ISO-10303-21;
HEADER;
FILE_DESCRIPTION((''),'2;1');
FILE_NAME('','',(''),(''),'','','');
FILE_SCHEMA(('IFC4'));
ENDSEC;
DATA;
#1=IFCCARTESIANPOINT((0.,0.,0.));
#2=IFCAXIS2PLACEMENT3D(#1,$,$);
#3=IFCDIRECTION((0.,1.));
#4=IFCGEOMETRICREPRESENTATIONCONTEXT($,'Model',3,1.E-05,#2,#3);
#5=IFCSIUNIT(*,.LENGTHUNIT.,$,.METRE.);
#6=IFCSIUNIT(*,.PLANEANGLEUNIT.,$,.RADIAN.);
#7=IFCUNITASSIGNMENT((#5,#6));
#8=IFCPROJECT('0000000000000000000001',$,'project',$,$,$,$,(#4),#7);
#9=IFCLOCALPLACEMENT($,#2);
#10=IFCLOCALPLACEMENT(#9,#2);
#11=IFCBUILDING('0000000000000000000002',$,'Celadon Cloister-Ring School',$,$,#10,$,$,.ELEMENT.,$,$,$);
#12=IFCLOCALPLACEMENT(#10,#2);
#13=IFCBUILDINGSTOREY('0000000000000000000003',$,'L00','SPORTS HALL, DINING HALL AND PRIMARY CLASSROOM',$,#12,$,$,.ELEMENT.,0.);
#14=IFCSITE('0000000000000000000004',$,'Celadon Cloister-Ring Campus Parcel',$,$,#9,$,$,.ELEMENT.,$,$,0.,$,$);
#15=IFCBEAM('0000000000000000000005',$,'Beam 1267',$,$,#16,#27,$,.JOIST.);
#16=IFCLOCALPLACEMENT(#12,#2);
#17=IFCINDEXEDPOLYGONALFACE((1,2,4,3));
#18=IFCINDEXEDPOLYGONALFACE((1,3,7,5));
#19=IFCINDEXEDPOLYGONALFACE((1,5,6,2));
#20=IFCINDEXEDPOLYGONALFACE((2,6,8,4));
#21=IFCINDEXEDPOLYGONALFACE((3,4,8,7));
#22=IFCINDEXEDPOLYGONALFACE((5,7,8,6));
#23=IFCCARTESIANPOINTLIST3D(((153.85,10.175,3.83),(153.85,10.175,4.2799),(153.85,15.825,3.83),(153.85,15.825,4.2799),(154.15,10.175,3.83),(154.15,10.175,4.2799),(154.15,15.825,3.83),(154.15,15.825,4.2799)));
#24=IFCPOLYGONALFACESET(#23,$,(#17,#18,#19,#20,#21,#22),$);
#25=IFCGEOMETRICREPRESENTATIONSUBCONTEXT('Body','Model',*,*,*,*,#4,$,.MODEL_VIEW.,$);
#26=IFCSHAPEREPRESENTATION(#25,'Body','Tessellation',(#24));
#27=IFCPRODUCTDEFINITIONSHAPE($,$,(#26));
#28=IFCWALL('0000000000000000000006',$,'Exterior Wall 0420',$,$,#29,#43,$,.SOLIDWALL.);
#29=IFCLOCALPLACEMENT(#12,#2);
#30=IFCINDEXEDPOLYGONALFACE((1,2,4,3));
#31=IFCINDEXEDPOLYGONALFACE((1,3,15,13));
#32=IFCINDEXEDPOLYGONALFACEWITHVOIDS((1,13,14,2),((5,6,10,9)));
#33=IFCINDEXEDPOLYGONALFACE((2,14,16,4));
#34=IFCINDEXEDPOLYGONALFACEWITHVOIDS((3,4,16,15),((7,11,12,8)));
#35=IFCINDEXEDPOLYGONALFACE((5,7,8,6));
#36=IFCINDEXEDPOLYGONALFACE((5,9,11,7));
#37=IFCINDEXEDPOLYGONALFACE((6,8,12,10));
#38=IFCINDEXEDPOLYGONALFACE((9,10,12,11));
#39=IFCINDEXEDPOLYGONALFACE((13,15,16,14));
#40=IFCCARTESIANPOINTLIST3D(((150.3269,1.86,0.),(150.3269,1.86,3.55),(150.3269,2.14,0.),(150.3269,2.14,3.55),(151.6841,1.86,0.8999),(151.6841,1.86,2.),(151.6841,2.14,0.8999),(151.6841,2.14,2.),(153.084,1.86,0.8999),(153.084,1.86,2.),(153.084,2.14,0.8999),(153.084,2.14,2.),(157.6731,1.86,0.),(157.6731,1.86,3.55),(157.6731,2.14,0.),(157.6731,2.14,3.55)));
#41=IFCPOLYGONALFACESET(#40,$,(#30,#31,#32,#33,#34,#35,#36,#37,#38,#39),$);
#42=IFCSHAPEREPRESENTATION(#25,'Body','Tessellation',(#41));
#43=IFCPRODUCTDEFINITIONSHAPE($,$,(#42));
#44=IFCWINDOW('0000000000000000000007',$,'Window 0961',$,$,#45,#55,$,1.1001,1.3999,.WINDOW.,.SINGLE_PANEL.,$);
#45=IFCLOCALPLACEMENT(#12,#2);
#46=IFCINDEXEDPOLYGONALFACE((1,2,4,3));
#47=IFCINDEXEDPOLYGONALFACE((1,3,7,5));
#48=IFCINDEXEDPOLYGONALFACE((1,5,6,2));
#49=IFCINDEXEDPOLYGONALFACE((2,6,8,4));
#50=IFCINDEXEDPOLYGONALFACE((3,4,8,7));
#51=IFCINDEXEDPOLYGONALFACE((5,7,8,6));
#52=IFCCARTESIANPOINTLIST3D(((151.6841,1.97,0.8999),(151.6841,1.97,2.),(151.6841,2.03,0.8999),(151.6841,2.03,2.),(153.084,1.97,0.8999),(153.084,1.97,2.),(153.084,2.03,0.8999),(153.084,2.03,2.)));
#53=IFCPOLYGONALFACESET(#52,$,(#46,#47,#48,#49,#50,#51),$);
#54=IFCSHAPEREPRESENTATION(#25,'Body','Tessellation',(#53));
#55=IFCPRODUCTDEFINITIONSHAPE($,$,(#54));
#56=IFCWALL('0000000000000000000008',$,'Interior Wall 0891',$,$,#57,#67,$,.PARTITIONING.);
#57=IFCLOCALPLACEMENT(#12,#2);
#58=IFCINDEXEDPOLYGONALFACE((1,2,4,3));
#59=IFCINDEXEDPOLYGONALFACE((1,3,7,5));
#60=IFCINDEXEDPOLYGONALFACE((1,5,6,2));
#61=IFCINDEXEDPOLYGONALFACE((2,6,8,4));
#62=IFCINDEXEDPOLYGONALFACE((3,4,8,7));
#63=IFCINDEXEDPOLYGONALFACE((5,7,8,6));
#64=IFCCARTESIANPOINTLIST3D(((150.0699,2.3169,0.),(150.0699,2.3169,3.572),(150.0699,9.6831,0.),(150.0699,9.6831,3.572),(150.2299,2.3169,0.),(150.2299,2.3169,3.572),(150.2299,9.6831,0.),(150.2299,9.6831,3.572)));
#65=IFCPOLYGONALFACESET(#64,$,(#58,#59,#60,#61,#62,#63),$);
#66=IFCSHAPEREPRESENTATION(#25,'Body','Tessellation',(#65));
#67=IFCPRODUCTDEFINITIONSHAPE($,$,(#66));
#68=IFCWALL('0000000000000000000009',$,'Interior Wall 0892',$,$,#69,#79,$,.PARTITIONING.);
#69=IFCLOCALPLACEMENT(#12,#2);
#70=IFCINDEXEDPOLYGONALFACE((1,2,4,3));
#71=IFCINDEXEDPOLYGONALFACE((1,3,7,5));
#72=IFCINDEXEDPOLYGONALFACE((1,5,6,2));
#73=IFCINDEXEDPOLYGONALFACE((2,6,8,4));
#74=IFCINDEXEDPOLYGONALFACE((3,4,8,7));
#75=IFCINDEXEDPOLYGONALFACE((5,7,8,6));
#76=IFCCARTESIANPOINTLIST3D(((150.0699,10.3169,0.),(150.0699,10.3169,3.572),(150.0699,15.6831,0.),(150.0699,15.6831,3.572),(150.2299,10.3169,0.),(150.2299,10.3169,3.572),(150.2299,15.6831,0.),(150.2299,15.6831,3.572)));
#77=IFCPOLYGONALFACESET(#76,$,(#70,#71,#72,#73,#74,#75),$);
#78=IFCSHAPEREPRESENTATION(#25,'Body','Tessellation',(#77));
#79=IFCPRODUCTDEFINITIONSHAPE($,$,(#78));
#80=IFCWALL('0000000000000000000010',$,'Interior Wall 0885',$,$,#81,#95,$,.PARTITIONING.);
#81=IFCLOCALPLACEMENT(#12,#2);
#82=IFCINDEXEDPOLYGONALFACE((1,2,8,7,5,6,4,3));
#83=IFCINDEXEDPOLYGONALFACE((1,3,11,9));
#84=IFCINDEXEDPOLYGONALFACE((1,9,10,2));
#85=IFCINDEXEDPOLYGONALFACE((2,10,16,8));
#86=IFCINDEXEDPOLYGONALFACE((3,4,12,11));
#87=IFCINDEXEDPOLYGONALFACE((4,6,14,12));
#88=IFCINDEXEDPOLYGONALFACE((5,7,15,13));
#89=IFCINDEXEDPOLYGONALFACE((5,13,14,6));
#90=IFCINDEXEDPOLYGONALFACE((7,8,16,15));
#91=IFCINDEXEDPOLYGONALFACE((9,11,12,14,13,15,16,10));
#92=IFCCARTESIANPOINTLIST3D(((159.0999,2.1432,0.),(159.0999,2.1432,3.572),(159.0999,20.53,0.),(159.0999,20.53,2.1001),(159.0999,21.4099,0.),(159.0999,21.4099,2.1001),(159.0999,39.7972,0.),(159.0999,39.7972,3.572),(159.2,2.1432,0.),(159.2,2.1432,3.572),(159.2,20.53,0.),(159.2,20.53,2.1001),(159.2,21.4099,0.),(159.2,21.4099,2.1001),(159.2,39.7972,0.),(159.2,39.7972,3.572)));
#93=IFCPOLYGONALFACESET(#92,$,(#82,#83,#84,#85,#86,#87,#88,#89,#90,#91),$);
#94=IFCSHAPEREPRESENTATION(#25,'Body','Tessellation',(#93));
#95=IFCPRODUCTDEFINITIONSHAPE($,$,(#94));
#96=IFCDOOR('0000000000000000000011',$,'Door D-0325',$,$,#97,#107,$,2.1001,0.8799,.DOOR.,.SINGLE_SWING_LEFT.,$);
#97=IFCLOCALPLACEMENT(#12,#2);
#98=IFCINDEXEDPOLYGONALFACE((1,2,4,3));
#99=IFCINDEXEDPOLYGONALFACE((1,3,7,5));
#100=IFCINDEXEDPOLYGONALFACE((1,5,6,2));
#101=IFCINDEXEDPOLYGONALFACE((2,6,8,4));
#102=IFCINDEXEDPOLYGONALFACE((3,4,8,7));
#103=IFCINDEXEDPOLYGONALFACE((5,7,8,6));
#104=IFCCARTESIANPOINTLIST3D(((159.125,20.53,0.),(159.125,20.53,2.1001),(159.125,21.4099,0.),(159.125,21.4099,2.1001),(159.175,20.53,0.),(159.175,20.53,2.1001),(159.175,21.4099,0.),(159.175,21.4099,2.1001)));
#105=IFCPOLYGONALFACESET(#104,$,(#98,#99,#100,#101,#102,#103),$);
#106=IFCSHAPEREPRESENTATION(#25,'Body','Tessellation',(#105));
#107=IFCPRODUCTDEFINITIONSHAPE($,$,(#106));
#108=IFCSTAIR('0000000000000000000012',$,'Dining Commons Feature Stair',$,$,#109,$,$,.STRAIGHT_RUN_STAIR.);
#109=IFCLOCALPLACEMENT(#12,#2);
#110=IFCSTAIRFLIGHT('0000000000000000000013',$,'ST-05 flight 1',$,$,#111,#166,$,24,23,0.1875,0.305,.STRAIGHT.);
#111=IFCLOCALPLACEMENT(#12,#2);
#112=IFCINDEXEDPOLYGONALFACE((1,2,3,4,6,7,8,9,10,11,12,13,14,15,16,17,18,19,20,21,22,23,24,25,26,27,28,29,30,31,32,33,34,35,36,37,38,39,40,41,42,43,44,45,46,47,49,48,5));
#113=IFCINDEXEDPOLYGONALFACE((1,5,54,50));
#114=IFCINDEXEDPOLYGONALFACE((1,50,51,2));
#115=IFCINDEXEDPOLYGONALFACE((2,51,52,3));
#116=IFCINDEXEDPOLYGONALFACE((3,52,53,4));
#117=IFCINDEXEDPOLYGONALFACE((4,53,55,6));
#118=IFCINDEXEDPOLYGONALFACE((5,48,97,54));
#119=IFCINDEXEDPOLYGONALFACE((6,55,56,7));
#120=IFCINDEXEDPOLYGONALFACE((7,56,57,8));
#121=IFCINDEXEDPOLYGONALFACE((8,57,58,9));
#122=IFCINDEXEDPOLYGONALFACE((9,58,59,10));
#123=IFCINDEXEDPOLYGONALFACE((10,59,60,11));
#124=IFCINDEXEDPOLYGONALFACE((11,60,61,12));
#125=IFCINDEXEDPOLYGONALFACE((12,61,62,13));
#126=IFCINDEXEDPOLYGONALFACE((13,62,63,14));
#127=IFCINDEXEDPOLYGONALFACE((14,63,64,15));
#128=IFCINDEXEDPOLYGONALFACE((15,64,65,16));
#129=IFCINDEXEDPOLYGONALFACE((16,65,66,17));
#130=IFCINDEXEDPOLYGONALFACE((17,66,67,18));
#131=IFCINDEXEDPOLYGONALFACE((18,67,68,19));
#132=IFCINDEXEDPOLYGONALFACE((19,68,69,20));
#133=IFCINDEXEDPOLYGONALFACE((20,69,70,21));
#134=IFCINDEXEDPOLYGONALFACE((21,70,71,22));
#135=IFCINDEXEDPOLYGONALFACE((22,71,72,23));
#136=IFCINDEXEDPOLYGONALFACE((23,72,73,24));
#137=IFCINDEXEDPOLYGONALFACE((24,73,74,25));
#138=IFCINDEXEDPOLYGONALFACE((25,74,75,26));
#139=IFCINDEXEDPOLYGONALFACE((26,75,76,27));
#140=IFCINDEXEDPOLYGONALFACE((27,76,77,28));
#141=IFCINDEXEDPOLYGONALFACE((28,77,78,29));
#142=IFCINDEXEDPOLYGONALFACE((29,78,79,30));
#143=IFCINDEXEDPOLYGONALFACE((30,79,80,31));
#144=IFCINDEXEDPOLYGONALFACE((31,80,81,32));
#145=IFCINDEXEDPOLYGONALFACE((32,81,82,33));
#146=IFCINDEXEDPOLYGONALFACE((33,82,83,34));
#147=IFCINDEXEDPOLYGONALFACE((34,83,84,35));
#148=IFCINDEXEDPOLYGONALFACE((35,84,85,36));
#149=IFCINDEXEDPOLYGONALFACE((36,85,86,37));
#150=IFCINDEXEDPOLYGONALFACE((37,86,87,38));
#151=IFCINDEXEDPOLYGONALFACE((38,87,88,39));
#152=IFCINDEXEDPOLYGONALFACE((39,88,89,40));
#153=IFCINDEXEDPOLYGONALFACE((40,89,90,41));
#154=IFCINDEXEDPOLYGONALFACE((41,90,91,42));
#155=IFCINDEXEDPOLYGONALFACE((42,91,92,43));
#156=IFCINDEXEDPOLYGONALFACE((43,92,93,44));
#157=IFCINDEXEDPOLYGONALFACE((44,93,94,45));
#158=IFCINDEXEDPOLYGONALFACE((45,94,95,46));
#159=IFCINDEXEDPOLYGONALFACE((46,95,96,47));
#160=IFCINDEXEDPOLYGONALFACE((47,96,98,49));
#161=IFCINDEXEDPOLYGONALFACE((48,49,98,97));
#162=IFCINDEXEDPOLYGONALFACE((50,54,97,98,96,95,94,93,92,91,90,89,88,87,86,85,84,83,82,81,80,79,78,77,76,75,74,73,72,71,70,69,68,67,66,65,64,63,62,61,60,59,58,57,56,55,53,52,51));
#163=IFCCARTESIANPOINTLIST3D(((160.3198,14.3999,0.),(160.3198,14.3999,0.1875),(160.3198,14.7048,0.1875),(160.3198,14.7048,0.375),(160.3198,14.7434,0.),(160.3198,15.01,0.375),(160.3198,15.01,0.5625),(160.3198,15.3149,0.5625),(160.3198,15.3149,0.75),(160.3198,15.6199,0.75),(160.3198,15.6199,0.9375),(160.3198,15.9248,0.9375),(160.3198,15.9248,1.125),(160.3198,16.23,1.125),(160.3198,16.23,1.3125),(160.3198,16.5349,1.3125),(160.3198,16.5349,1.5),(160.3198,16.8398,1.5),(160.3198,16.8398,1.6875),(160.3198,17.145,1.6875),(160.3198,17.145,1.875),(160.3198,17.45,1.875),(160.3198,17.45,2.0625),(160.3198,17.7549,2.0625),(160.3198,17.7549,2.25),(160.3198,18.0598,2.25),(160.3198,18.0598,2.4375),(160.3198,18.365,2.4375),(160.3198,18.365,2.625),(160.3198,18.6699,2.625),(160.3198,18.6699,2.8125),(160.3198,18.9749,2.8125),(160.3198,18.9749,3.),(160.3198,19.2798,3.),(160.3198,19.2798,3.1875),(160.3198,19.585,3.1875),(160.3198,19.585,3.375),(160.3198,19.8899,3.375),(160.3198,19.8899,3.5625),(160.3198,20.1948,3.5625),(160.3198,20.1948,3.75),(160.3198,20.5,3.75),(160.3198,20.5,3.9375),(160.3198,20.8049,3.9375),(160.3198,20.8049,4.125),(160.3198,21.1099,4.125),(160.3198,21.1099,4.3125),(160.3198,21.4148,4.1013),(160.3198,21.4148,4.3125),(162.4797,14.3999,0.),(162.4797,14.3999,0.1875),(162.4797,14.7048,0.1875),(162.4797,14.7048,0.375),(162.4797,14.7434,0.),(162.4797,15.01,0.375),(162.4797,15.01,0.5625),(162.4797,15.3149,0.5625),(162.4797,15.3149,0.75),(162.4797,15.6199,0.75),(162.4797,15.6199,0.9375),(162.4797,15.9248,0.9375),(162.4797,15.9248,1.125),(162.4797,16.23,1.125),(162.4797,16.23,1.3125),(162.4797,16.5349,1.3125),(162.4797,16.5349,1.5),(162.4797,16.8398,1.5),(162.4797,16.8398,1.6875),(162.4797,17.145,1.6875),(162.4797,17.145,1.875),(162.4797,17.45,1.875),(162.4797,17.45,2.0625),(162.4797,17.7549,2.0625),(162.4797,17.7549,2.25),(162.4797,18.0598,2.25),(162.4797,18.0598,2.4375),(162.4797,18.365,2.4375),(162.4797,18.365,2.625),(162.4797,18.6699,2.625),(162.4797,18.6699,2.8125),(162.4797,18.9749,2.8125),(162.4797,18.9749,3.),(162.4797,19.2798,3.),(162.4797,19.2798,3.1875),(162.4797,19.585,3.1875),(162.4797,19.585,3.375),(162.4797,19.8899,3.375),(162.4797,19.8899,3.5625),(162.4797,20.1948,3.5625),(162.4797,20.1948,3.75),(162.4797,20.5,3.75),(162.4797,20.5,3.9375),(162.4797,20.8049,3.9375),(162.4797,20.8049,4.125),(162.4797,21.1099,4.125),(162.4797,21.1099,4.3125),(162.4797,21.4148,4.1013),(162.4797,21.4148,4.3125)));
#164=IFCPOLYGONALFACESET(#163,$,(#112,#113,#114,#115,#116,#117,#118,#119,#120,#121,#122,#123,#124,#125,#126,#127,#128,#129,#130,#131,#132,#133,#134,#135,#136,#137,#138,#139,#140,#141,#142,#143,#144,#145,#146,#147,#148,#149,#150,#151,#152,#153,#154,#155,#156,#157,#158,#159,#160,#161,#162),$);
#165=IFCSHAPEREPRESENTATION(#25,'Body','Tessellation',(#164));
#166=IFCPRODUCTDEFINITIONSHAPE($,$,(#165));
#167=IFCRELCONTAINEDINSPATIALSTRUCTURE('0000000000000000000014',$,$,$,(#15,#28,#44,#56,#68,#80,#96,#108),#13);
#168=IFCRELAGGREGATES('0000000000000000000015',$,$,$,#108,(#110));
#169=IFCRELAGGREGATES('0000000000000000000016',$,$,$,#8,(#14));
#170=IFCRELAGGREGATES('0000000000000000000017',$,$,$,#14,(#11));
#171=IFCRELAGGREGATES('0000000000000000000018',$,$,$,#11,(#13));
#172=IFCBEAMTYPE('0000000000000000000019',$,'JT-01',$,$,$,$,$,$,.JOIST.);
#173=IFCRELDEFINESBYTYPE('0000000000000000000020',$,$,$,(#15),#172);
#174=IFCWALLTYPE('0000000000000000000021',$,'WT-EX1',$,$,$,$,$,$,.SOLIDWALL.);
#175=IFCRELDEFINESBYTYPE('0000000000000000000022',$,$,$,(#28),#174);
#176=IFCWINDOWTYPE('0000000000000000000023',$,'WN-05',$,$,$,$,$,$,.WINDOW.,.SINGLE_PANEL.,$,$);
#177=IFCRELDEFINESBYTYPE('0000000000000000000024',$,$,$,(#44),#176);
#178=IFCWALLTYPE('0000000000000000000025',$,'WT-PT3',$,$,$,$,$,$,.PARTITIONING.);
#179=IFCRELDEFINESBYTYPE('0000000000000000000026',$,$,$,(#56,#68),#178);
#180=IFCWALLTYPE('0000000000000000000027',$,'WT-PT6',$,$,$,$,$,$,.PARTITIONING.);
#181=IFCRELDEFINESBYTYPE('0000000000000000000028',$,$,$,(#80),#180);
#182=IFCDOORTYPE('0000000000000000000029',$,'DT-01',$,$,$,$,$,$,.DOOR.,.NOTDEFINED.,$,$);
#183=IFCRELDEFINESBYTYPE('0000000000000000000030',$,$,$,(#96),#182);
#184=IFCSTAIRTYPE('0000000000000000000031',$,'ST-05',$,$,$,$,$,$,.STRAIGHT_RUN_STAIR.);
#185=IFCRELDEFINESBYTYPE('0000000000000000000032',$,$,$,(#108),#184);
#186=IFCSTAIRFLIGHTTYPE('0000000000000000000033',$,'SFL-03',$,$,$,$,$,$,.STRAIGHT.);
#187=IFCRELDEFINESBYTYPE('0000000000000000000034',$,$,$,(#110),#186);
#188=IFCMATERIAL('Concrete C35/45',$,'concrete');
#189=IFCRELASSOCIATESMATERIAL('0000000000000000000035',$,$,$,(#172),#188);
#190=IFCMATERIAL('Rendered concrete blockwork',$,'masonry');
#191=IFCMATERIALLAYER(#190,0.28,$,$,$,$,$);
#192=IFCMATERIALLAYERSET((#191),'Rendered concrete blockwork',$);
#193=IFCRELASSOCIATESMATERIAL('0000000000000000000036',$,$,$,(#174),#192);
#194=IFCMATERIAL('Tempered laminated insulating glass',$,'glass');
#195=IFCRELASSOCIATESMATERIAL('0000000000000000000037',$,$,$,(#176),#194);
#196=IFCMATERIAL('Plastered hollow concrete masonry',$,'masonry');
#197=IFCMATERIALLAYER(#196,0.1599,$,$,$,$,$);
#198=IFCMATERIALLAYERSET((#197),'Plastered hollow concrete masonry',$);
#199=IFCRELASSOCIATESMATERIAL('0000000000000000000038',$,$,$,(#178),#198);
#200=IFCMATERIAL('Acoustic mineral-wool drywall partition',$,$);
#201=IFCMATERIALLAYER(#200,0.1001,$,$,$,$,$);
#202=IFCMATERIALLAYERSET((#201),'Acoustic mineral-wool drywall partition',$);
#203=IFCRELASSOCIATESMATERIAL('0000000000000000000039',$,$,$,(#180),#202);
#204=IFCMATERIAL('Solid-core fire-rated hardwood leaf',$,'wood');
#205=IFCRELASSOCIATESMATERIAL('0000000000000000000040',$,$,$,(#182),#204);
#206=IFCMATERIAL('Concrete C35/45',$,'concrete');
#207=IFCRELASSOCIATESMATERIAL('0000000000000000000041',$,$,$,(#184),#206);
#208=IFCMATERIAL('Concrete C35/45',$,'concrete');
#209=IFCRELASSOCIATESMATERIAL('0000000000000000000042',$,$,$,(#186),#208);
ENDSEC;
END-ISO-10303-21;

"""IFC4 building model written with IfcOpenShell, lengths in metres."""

from ifc_helpers import new_model, si_unit, direction, frame, frame_2d, origin, origin_2d, place, context, subcontext, project, spatial, polyline, rectangle, outline, extrude, material, layer, layer_set, material_profile, profile_set, type_object, element, fill, aggregate, save


model = new_model("IFC4")

# Units and contexts
model_context = context("Model", 3, precision=1e-05, world=origin(), true_north=direction((0.0, 1.0)))
body_context = subcontext(model_context, "Body", "Model", "MODEL_VIEW")
ifc_project = project(units=[si_unit("LENGTHUNIT", "METRE"), si_unit("PLANEANGLEUNIT", "RADIAN")], contexts=[model_context])

# Site, building, storey
site_placement = place(None, origin())
site = spatial("IfcSite", under=ifc_project, at=site_placement, Name="Celadon Cloister-Ring Campus Parcel", CompositionType="ELEMENT", RefElevation=0.0)
building_placement = place(site_placement, origin())
building = spatial("IfcBuilding", under=site, at=building_placement, Name="Celadon Cloister-Ring School", CompositionType="ELEMENT")
storey_placement = place(building_placement, origin())
storey = spatial("IfcBuildingStorey", under=building, at=storey_placement, Name="L00", Description="SPORTS HALL, DINING HALL AND PRIMARY CLASSROOM", CompositionType="ELEMENT", Elevation=0.0)

# Beam
ifc_material_1 = material(Name="Concrete C35/45", Category="concrete")
ifc_material_profile_1 = material_profile(ifc_material_1, rectangle(XDim=0.3, YDim=0.45, at=origin_2d()), Name="RC300X450")
ifc_profile_set_1 = profile_set([ifc_material_profile_1], Name="Concrete C35/45")
beam_type_1 = type_object("IfcBeamType", Name="JT-01", PredefinedType="JOIST", material=ifc_profile_set_1)
beam_1_placement = place(storey_placement, frame((154.0, 10.175, 4.0549), z_axis=(0.0, 1.0, 0.0), x_axis=(-1.0, 0.0, 0.0)))
element("IfcBeam", 1, at=beam_1_placement, inside=storey, type_object=beam_type_1, Name="Beam 1267", PredefinedType="JOIST", context=body_context, shape_type="SweptSolid", body=[
    extrude(rectangle(XDim=0.3, YDim=0.45, at=origin_2d()), origin(), (0.0, 0.0, 1.0), 5.6499),
])

# Wall, opening, window
ifc_material_2 = material(Name="Rendered concrete blockwork", Category="masonry")
ifc_layer_1 = layer(ifc_material_2, 0.28)
ifc_layer_set_1 = layer_set([ifc_layer_1], Name="Rendered concrete blockwork")
wall_type_1 = type_object("IfcWallType", Name="WT-EX1", PredefinedType="SOLIDWALL", material=ifc_layer_set_1)
wall_1_placement = place(storey_placement, frame((157.6731, 2.0, 0.0), z_axis=(0.0, 0.0, 1.0), x_axis=(-1.0, 0.0, 0.0)))
wall_1 = element("IfcWall", 2, at=wall_1_placement, inside=storey, type_object=wall_type_1, Name="Exterior Wall 0420", PredefinedType="SOLIDWALL", context=body_context, shape_type="SweptSolid", body=[
    extrude(rectangle(XDim=7.3462, YDim=0.28, at=frame_2d((3.6731, 0.0))), origin(), (0.0, 0.0, 1.0), 3.55),
])
opening_1_placement = place(wall_1_placement, frame((4.5891, 0.0, 0.8999)))
opening_1 = element("IfcOpeningElement", 3, at=opening_1_placement, cuts=wall_1, PredefinedType="OPENING", context=body_context, shape_type="SweptSolid", body=[
    extrude(rectangle(XDim=1.3999, YDim=1.1001, at=frame_2d((0.7, 0.55))), frame((0.0, 0.1499, 0.0), z_axis=(0.0, -1.0, 0.0), x_axis=(1.0, 0.0, 0.0)), (0.0, 0.0, 1.0), 0.3),
])
ifc_material_3 = material(Name="Tempered laminated insulating glass", Category="glass")
window_type = type_object("IfcWindowType", Name="WN-05", PartitioningType="SINGLE_PANEL", PredefinedType="WINDOW", material=ifc_material_3)
window_placement = place(opening_1_placement, origin())
window = element("IfcWindow", 4, at=window_placement, inside=storey, type_object=window_type, Name="Window 0961", OverallHeight=1.1001, OverallWidth=1.3999, PartitioningType="SINGLE_PANEL", PredefinedType="WINDOW", context=body_context, shape_type="SweptSolid", body=[
    extrude(rectangle(XDim=1.3999, YDim=1.1001, at=frame_2d((0.7, 0.55))), frame((0.0, 0.03, 0.0), z_axis=(0.0, -1.0, 0.0), x_axis=(1.0, 0.0, 0.0)), (0.0, 0.0, 1.0), 0.0601),
])
fill(opening_1, window)

# Walls
ifc_material_4 = material(Name="Plastered hollow concrete masonry", Category="masonry")
ifc_layer_2 = layer(ifc_material_4, 0.1599)
ifc_layer_set_2 = layer_set([ifc_layer_2], Name="Plastered hollow concrete masonry")
wall_type_2 = type_object("IfcWallType", Name="WT-PT3", PredefinedType="PARTITIONING", material=ifc_layer_set_2)
wall_2_placement = place(storey_placement, frame((150.1499, 2.3169, 0.0), z_axis=(0.0, 0.0, 1.0), x_axis=(0.0, 1.0, 0.0)))
element("IfcWall", 5, at=wall_2_placement, inside=storey, type_object=wall_type_2, Name="Interior Wall 0891", PredefinedType="PARTITIONING", context=body_context, shape_type="SweptSolid", body=[
    extrude(rectangle(XDim=7.3662, YDim=0.1599, at=frame_2d((3.6831, 0.0))), origin(), (0.0, 0.0, 1.0), 3.572),
])
wall_3_placement = place(storey_placement, frame((150.1499, 10.3169, 0.0), z_axis=(0.0, 0.0, 1.0), x_axis=(0.0, 1.0, 0.0)))
element("IfcWall", 6, at=wall_3_placement, inside=storey, type_object=wall_type_2, Name="Interior Wall 0892", PredefinedType="PARTITIONING", context=body_context, shape_type="SweptSolid", body=[
    extrude(rectangle(XDim=5.3662, YDim=0.1599, at=frame_2d((2.6831, 0.0))), origin(), (0.0, 0.0, 1.0), 3.572),
])

# Wall, opening, door
ifc_material_5 = material(Name="Acoustic mineral-wool drywall partition")
ifc_layer_3 = layer(ifc_material_5, 0.1001)
ifc_layer_set_3 = layer_set([ifc_layer_3], Name="Acoustic mineral-wool drywall partition")
wall_type_3 = type_object("IfcWallType", Name="WT-PT6", PredefinedType="PARTITIONING", material=ifc_layer_set_3)
wall_4_placement = place(storey_placement, frame((159.1499, 2.1431, 0.0), z_axis=(0.0, 0.0, 1.0), x_axis=(0.0, 1.0, 0.0)))
wall_4 = element("IfcWall", 7, at=wall_4_placement, inside=storey, type_object=wall_type_3, Name="Interior Wall 0885", PredefinedType="PARTITIONING", context=body_context, shape_type="SweptSolid", body=[
    extrude(rectangle(XDim=37.6541, YDim=0.1001, at=frame_2d((18.8271, 0.0))), origin(), (0.0, 0.0, 1.0), 3.572),
])
opening_2_placement = place(wall_4_placement, frame((18.387, 0.0, 0.0)))
opening_2 = element("IfcOpeningElement", 8, at=opening_2_placement, cuts=wall_4, PredefinedType="OPENING", context=body_context, shape_type="SweptSolid", body=[
    extrude(rectangle(XDim=0.8799, YDim=2.1001, at=frame_2d((0.4399, 1.05))), frame((0.0, 0.0601, 0.0), z_axis=(0.0, -1.0, 0.0), x_axis=(1.0, 0.0, 0.0)), (0.0, 0.0, 1.0), 0.1201),
])
ifc_material_6 = material(Name="Solid-core fire-rated hardwood leaf", Category="wood")
door_type = type_object("IfcDoorType", Name="DT-01", OperationType="NOTDEFINED", PredefinedType="DOOR", material=ifc_material_6)
door_placement = place(opening_2_placement, origin())
door = element("IfcDoor", 9, at=door_placement, inside=storey, type_object=door_type, Name="Door D-0325", OperationType="SINGLE_SWING_LEFT", OverallHeight=2.1001, OverallWidth=0.8799, PredefinedType="DOOR", context=body_context, shape_type="SweptSolid", body=[
    extrude(rectangle(XDim=0.8799, YDim=2.1001, at=frame_2d((0.4399, 1.05))), frame((0.0, 0.0249, 0.0), z_axis=(0.0, -1.0, 0.0), x_axis=(1.0, 0.0, 0.0)), (0.0, 0.0, 1.0), 0.05),
])
fill(opening_2, door)

# Stair, stair flight
ifc_material_7 = material(Name="Concrete C35/45", Category="concrete")
stair_type = type_object("IfcStairType", Name="ST-05", PredefinedType="STRAIGHT_RUN_STAIR", material=ifc_material_7)
stair_placement = place(storey_placement, origin())
stair = element("IfcStair", 10, at=stair_placement, inside=storey, type_object=stair_type, Name="Dining Commons Feature Stair", PredefinedType="STRAIGHT_RUN_STAIR")
ifc_material_8 = material(Name="Concrete C35/45", Category="concrete")
stair_flight_type = type_object("IfcStairFlightType", Name="SFL-03", PredefinedType="STRAIGHT", material=ifc_material_8)
stair_flight_placement = place(storey_placement, frame((161.3999, 14.3999, 0.0), z_axis=(0.0, 0.0, 1.0), x_axis=(0.0, 1.0, 0.0)))
stair_flight = element("IfcStairFlight", 11, at=stair_flight_placement, type_object=stair_flight_type, Name="ST-05 flight 1", NumberOfRisers=24, NumberOfTreads=23, PredefinedType="STRAIGHT", RiserHeight=0.1875, TreadLength=0.305, context=body_context, shape_type="SweptSolid", body=[
    extrude(outline(polyline([(0.0, 0.0), (0.0, 0.1875), (0.3049, 0.1875), (0.3049, 0.375), (0.6101, 0.375), (0.6101, 0.5625), (0.915, 0.5625), (0.915, 0.75), (1.22, 0.75), (1.22, 0.9375), (1.5249, 0.9375), (1.5249, 1.125), (1.8301, 1.125), (1.8301, 1.3125), (2.135, 1.3125), (2.135, 1.5), (2.4399, 1.5), (2.4399, 1.6875), (2.7451, 1.6875), (2.7451, 1.875), (3.05, 1.875), (3.05, 2.0625), (3.355, 2.0625), (3.355, 2.25), (3.6599, 2.25), (3.6599, 2.4375), (3.9651, 2.4375), (3.9651, 2.625), (4.27, 2.625), (4.27, 2.8125), (4.575, 2.8125), (4.575, 3.0), (4.8799, 3.0), (4.8799, 3.1875), (5.1851, 3.1875), (5.1851, 3.375), (5.49, 3.375), (5.49, 3.5625), (5.7949, 3.5625), (5.7949, 3.75), (6.1001, 3.75), (6.1001, 3.9375), (6.405, 3.9375), (6.405, 4.125), (6.71, 4.125), (6.71, 4.3125), (7.0149, 4.3125), (7.0149, 4.5), (7.0149, 4.1013), (0.3435, 0.0), (0.0, 0.0)])), frame((0.0, 1.0801, 0.0), z_axis=(0.0, -1.0, 0.0), x_axis=(1.0, 0.0, 0.0)), (0.0, 0.0, 1.0), 2.1599),
])
aggregate(stair, [stair_flight])

save(model, "model.ifc")
